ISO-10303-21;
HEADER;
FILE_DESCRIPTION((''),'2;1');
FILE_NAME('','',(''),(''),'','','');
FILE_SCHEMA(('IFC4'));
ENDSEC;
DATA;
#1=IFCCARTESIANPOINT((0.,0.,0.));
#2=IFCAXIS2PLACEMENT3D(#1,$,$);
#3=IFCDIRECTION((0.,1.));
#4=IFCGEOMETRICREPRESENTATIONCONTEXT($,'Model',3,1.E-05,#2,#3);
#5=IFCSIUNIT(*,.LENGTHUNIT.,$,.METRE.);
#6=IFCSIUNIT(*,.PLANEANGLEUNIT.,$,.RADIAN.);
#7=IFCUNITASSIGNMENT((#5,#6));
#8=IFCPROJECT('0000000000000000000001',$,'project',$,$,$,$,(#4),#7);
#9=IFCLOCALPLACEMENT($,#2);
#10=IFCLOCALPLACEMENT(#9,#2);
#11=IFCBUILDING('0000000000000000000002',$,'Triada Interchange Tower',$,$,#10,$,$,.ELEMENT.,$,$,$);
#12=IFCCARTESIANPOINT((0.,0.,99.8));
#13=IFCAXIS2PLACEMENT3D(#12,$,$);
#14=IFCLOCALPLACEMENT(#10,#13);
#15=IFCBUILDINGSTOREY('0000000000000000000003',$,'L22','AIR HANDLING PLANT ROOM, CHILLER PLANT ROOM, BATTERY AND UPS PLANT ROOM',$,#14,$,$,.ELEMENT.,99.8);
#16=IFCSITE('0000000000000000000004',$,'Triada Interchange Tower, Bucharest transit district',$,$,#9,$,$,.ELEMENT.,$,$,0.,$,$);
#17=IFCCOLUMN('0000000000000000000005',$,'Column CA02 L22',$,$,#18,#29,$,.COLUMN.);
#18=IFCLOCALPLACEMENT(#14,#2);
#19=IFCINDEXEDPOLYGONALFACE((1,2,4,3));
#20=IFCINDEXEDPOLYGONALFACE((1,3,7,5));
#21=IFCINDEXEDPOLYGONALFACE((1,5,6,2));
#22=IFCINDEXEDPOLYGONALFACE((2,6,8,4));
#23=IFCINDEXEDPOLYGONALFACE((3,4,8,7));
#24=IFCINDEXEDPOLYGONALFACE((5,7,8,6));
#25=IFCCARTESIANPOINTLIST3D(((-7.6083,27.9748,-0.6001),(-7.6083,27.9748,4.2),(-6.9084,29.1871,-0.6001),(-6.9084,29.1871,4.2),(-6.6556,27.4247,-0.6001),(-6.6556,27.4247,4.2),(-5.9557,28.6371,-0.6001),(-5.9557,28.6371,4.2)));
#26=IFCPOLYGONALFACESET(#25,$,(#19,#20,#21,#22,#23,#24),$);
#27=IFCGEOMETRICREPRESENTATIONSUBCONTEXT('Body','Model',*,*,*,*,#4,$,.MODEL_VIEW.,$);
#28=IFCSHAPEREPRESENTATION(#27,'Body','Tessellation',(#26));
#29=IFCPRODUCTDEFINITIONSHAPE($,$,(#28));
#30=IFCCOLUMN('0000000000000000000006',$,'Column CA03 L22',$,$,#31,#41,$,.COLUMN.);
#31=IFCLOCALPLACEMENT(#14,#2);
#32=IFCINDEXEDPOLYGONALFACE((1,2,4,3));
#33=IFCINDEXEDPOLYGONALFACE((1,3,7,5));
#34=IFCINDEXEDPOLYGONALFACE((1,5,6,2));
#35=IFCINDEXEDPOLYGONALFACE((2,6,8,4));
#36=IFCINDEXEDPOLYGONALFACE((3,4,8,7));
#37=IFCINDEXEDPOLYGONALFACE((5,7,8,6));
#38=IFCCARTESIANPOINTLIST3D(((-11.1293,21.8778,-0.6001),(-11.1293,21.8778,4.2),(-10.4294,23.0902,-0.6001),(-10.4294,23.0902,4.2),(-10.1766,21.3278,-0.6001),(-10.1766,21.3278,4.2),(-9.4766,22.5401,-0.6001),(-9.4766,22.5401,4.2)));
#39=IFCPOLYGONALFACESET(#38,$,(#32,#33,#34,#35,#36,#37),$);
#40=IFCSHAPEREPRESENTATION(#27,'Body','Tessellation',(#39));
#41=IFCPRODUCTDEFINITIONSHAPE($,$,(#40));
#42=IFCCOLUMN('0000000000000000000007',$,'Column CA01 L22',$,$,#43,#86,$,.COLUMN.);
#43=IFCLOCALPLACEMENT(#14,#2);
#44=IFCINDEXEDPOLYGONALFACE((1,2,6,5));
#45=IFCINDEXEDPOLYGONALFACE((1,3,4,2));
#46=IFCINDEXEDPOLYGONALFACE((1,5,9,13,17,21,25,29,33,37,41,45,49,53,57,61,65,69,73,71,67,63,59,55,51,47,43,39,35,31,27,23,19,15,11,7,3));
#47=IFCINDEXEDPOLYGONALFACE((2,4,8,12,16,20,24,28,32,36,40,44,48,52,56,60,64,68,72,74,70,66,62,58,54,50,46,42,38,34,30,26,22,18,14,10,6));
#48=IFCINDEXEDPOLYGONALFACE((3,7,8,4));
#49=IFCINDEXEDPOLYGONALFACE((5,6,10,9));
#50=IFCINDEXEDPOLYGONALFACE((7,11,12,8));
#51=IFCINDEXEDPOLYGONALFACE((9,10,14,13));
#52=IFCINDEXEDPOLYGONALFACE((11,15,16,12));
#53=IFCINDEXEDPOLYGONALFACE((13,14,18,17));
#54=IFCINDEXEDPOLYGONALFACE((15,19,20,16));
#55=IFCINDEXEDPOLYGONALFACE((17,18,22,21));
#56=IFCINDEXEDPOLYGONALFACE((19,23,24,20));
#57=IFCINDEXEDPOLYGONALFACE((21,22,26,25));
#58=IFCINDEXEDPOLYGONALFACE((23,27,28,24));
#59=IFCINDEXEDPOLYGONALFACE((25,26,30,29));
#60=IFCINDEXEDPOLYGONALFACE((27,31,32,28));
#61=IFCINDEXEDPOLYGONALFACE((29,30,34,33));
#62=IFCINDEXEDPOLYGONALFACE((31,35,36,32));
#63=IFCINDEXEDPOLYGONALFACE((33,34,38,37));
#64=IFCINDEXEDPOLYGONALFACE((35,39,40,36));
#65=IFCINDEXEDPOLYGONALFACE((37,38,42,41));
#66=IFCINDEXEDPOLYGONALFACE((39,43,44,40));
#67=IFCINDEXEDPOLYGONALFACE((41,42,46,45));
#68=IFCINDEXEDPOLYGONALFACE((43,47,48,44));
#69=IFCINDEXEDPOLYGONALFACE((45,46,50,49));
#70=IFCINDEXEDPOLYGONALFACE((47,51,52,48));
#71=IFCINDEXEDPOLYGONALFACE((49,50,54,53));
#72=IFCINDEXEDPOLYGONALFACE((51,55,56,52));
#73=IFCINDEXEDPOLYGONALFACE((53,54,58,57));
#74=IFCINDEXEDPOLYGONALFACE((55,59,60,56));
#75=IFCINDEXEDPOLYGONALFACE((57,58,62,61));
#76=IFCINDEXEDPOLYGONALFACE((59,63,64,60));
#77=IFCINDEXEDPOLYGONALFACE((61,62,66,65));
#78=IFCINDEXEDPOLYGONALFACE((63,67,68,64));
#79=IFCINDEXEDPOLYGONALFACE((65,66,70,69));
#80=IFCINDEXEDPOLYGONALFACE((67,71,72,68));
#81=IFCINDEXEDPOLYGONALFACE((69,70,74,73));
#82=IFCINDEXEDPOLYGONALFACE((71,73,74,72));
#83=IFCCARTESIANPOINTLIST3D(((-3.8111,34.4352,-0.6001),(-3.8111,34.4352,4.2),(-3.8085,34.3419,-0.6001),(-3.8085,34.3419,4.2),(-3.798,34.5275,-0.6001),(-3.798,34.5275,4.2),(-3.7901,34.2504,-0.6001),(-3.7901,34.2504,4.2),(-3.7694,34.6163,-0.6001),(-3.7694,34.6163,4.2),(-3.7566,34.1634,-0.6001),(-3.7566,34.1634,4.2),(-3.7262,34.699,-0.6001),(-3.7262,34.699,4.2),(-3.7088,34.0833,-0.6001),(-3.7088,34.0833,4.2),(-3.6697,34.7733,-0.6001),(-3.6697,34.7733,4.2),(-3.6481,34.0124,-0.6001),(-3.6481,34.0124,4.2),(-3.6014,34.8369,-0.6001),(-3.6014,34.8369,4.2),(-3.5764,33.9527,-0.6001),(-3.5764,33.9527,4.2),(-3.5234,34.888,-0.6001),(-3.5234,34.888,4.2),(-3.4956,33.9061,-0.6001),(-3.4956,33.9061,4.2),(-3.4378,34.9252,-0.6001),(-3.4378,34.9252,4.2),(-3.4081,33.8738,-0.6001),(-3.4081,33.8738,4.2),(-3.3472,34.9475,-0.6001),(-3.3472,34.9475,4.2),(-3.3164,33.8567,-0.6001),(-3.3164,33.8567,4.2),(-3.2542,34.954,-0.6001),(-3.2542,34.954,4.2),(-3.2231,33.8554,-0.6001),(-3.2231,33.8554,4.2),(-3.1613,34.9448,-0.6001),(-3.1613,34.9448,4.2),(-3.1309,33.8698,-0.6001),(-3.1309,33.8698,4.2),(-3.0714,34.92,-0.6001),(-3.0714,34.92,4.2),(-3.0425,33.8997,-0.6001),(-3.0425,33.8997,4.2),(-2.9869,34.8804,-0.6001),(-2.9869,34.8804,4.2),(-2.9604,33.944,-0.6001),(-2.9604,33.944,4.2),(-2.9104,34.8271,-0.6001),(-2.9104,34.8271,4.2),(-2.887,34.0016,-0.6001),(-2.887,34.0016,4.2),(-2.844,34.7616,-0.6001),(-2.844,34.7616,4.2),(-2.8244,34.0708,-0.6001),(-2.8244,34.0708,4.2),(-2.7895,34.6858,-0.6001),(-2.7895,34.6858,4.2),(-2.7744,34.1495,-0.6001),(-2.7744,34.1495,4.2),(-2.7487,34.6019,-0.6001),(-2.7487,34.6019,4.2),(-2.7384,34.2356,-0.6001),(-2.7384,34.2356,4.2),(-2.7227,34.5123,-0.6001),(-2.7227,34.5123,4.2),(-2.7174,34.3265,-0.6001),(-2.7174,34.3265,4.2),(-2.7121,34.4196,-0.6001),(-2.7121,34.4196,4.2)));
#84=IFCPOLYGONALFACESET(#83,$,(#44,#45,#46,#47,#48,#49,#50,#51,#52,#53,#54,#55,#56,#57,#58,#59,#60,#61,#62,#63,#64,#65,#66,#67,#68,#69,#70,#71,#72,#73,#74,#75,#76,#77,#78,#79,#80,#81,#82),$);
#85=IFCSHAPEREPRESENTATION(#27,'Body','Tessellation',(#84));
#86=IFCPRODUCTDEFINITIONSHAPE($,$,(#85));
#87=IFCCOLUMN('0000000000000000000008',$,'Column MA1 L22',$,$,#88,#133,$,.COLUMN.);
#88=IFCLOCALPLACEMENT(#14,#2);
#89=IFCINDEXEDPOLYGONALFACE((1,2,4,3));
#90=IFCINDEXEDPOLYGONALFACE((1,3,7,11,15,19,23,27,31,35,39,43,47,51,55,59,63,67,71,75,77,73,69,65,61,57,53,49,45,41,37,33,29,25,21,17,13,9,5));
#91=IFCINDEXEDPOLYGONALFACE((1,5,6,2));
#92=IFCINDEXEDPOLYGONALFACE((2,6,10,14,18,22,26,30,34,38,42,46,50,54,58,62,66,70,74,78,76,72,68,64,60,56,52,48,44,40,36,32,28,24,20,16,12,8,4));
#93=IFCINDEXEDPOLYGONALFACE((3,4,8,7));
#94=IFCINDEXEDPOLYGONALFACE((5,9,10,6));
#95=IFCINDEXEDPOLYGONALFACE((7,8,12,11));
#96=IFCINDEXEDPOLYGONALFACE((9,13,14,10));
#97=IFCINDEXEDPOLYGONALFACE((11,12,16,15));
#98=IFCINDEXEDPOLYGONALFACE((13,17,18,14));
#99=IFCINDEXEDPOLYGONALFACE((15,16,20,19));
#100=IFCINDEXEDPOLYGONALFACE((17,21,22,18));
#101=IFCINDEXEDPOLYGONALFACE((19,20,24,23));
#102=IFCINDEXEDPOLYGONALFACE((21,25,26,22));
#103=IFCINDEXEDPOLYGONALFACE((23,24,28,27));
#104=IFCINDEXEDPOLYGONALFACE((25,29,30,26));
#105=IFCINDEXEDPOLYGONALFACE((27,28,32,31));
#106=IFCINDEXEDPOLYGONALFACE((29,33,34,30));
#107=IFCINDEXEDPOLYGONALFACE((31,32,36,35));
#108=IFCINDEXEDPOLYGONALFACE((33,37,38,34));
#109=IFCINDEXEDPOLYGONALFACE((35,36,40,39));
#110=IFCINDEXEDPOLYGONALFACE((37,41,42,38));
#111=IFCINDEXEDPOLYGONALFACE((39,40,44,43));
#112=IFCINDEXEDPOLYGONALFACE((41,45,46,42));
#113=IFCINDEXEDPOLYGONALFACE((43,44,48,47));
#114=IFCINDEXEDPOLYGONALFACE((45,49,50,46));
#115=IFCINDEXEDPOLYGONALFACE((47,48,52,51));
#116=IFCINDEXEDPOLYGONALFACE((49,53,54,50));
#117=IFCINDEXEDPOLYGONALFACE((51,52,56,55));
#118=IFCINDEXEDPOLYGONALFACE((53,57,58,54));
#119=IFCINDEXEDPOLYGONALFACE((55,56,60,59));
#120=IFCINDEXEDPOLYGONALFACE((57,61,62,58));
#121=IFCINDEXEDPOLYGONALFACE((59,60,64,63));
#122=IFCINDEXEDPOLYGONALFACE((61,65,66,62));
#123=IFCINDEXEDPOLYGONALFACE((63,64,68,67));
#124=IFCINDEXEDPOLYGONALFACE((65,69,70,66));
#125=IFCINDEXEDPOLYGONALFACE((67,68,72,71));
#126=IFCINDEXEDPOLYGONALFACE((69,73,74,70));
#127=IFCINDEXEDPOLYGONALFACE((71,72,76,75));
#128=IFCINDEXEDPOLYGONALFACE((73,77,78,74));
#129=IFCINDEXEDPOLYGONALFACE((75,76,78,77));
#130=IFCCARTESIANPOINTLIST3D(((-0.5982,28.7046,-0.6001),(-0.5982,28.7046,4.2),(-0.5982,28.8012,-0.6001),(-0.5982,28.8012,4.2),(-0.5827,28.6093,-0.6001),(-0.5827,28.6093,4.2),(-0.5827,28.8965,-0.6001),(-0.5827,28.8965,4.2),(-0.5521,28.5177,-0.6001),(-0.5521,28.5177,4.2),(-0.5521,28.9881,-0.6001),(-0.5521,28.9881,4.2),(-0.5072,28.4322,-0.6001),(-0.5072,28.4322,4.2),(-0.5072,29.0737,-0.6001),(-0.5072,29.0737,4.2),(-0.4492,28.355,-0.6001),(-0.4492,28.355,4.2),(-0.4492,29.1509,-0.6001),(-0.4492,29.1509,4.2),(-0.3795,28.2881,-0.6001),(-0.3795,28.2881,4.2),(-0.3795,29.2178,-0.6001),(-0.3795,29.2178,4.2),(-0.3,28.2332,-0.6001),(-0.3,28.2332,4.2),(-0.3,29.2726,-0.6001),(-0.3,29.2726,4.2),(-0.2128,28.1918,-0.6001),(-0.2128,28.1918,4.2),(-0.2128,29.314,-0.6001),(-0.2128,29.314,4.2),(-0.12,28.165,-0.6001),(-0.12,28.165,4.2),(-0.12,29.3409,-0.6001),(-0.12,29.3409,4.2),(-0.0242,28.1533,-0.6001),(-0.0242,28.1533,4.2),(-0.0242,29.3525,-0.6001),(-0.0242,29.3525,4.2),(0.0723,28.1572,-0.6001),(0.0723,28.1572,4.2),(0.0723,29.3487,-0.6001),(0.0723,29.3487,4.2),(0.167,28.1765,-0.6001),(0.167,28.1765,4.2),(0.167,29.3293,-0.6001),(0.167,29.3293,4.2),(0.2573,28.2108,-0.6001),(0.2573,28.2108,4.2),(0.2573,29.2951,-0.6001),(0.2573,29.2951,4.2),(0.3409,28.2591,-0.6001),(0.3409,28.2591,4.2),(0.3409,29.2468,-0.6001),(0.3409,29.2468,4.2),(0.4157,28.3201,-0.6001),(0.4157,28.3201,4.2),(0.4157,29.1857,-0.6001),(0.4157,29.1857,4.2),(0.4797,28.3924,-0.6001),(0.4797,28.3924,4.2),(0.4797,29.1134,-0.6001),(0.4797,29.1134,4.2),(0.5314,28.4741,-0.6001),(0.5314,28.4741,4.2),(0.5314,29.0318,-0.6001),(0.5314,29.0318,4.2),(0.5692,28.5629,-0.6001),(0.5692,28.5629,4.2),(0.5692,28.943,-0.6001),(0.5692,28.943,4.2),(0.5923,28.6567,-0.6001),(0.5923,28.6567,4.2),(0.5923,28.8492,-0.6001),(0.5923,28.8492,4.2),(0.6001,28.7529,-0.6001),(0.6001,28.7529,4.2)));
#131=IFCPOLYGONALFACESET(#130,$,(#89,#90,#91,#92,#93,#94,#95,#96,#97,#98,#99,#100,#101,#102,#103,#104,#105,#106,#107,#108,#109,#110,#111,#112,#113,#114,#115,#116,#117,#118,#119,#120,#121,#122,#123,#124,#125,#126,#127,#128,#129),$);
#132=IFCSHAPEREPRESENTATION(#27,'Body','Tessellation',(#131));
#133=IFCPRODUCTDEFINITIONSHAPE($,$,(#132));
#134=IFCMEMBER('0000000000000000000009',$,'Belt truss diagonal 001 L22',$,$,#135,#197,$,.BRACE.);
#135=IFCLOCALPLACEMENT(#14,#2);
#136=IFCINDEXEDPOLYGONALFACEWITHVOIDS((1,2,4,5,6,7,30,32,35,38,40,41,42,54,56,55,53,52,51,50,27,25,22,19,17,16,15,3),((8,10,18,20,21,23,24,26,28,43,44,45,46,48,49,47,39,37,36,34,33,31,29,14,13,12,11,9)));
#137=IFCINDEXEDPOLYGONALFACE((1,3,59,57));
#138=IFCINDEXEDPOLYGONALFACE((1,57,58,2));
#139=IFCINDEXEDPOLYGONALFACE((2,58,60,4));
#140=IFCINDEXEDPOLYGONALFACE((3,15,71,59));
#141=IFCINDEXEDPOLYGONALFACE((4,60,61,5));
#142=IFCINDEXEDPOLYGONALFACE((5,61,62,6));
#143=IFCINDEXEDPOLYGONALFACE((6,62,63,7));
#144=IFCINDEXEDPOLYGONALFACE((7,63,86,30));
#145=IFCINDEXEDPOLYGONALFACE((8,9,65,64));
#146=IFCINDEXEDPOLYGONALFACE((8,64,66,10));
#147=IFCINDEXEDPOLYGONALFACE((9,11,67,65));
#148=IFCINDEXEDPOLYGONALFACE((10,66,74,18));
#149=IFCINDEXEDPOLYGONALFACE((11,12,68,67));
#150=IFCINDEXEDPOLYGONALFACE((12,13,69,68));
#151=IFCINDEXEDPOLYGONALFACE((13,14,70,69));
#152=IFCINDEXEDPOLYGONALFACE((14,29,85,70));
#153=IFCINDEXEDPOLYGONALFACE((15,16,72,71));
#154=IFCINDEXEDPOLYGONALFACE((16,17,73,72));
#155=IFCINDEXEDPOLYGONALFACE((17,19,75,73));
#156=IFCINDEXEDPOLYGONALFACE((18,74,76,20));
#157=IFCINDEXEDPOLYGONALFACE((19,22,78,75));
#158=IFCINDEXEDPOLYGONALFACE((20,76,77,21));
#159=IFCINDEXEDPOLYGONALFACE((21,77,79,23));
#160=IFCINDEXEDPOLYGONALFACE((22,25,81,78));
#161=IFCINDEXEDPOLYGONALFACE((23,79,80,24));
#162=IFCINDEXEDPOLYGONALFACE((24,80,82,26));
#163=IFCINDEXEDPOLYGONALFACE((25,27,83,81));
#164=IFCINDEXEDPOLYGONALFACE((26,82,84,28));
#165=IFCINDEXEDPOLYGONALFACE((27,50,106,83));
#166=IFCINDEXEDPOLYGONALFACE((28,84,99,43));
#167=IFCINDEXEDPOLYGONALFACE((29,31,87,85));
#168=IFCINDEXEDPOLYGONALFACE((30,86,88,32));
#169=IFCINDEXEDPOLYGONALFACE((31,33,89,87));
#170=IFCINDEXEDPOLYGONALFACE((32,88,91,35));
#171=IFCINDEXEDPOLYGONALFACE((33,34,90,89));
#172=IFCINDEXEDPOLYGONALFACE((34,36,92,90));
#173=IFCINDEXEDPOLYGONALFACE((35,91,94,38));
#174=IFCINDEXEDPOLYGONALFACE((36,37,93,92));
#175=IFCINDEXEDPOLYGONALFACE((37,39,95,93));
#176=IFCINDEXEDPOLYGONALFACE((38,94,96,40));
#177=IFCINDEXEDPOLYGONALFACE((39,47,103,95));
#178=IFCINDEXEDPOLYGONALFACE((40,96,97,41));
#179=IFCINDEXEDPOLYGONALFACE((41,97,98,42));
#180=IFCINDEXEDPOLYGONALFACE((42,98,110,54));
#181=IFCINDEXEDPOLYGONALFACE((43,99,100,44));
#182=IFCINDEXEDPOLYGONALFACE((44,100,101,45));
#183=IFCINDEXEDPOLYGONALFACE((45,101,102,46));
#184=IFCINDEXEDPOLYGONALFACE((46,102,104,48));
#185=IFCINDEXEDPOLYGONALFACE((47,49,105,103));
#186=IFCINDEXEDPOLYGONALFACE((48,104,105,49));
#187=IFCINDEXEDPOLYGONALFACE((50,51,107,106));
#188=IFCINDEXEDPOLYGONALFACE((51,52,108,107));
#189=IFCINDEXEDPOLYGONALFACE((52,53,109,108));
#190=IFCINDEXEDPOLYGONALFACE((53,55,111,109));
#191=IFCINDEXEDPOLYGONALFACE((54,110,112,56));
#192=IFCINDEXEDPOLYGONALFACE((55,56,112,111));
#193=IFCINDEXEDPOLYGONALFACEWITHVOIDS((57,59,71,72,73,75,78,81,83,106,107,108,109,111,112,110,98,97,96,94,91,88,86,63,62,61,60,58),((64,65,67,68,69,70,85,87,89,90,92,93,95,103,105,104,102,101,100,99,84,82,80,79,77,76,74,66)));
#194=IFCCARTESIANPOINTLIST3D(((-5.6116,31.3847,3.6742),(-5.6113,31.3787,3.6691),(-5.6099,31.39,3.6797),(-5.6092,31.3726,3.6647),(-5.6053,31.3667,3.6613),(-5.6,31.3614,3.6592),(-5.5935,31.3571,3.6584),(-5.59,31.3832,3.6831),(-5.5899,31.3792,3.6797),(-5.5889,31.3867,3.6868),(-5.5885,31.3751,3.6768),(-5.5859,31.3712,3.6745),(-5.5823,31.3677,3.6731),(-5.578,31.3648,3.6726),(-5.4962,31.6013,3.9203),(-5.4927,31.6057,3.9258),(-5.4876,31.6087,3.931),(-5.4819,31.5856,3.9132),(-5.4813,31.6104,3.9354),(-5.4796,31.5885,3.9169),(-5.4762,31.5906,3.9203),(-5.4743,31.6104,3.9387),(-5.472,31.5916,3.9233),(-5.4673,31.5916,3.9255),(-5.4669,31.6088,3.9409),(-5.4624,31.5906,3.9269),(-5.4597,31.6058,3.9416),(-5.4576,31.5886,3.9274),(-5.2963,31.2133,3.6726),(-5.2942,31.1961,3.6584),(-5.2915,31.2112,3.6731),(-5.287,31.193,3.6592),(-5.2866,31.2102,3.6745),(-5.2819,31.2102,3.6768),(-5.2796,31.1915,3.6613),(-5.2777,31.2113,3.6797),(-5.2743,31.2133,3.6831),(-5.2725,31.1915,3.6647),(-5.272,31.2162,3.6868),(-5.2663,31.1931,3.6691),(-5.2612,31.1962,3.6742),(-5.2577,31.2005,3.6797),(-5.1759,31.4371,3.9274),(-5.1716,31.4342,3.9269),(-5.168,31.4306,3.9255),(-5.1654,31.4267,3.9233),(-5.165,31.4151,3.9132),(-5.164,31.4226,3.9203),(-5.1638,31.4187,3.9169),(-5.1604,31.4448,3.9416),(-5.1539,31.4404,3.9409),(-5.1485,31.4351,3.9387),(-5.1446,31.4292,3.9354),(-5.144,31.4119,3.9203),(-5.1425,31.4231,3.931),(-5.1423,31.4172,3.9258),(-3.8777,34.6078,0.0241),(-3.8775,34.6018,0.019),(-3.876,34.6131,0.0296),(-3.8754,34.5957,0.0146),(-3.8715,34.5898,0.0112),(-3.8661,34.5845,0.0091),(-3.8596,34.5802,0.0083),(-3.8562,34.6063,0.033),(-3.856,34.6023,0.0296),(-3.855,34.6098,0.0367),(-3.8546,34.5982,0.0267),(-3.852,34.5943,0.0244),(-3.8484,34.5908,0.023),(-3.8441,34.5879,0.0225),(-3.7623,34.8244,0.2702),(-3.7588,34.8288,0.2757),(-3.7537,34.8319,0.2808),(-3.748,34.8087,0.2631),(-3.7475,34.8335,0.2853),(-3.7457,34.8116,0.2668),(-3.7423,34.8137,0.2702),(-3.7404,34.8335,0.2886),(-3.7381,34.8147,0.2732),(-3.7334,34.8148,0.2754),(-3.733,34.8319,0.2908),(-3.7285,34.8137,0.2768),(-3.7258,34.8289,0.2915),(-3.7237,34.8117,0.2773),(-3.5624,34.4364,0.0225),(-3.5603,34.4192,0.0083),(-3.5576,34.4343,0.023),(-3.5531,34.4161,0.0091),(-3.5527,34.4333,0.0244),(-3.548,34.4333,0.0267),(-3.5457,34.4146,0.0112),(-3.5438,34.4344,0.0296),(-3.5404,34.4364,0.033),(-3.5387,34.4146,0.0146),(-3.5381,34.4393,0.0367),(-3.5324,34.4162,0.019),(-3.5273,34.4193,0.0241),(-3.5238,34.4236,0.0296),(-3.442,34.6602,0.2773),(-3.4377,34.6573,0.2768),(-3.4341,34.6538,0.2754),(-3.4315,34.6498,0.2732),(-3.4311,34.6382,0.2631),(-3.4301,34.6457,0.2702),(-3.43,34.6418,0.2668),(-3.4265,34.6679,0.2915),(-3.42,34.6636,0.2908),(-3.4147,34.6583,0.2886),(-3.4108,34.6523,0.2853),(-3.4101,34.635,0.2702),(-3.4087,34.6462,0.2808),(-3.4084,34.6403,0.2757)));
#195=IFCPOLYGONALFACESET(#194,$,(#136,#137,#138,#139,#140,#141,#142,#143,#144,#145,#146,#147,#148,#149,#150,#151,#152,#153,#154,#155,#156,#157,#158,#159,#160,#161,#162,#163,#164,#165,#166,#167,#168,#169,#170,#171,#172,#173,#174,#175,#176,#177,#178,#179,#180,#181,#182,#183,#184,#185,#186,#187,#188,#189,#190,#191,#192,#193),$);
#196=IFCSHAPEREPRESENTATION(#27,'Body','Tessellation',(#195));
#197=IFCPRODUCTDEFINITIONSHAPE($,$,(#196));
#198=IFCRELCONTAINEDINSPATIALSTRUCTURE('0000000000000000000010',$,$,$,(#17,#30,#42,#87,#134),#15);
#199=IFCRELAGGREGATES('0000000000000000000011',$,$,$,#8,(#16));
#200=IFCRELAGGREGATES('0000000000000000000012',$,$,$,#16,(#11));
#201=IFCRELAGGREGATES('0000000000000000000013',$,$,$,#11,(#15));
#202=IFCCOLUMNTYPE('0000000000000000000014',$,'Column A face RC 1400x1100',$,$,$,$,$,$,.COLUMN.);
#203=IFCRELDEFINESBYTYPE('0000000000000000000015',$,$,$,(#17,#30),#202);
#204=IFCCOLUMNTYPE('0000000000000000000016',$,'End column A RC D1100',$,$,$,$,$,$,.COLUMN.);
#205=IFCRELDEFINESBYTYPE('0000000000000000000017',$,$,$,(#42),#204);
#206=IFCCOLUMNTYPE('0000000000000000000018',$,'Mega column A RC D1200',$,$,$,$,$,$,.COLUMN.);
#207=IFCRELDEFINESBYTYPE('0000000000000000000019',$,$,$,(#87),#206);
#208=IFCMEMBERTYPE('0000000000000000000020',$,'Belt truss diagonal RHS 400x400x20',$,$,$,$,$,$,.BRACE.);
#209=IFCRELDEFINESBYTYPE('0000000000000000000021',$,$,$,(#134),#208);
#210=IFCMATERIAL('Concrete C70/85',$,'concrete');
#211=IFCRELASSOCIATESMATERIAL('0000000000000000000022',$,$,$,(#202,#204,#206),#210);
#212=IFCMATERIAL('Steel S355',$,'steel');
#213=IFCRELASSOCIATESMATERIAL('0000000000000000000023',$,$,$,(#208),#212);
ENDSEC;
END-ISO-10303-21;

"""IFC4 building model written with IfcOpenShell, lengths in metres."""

from ifc_helpers import new_model, si_unit, direction, frame, origin, origin_2d, place, context, subcontext, project, spatial, rectangle, hollow_rectangle, circle, extrude, material, material_profile, profile_set, type_object, element, save


model = new_model("IFC4")

# Units and contexts
model_context = context("Model", 3, precision=1e-05, world=origin(), true_north=direction((0.0, 1.0)))
body_context = subcontext(model_context, "Body", "Model", "MODEL_VIEW")
ifc_project = project(units=[si_unit("LENGTHUNIT", "METRE"), si_unit("PLANEANGLEUNIT", "RADIAN")], contexts=[model_context])

# Site, building, storey
site_placement = place(None, origin())
site = spatial("IfcSite", under=ifc_project, at=site_placement, Name="Triada Interchange Tower, Bucharest transit district", CompositionType="ELEMENT", RefElevation=0.0)
building_placement = place(site_placement, origin())
building = spatial("IfcBuilding", under=site, at=building_placement, Name="Triada Interchange Tower", CompositionType="ELEMENT")
storey_placement = place(building_placement, frame((0.0, 0.0, 99.8)))
storey = spatial("IfcBuildingStorey", under=building, at=storey_placement, Name="L22", Description="AIR HANDLING PLANT ROOM, CHILLER PLANT ROOM, BATTERY AND UPS PLANT ROOM", CompositionType="ELEMENT", Elevation=99.8)

# Columns
ifc_material_1 = material(Name="Concrete C70/85", Category="concrete")
ifc_material_profile_1 = material_profile(ifc_material_1, rectangle(XDim=1.3999, YDim=1.1001, at=origin_2d()), Name="RC 1400x1100")
ifc_profile_set_1 = profile_set([ifc_material_profile_1], Name="Concrete C70/85")
column_type_1 = type_object("IfcColumnType", Name="Column A face RC 1400x1100", PredefinedType="COLUMN", material=ifc_profile_set_1)
for number, where, z_axis, x_axis, name in (
    (1, (-6.782, 28.3059, -0.6001), (0.0, 0.0, 1.0), (0.5, 0.866025, 0.0), "Column CA02 L22"),
    (2, (-10.303, 22.209, -0.6001), (0.0, 0.0, 1.0), (0.5, 0.866025, 0.0), "Column CA03 L22"),
):
    element("IfcColumn", number, at=place(storey_placement, frame(where, z_axis=z_axis, x_axis=x_axis)), inside=storey, type_object=column_type_1, Name=name, PredefinedType="COLUMN", context=body_context, shape_type="SweptSolid", body=[
        extrude(rectangle(XDim=1.3999, YDim=1.1001, at=origin_2d()), origin(), (0.0, 0.0, 1.0), 4.8),
    ])
ifc_material_profile_2 = material_profile(ifc_material_1, circle(Radius=0.55, at=origin_2d()), Name="RC D1100")
ifc_profile_set_2 = profile_set([ifc_material_profile_2], Name="Concrete C70/85")
column_type_2 = type_object("IfcColumnType", Name="End column A RC D1100", PredefinedType="COLUMN", material=ifc_profile_set_2)
column_1_placement = place(storey_placement, frame((-3.262, 34.4041, -0.6001), z_axis=(0.0, 0.0, 1.0), x_axis=(0.5, 0.866025, 0.0)))
element("IfcColumn", 3, at=column_1_placement, inside=storey, type_object=column_type_2, Name="Column CA01 L22", PredefinedType="COLUMN", context=body_context, shape_type="SweptSolid", body=[
    extrude(circle(Radius=0.55, at=origin_2d()), origin(), (0.0, 0.0, 1.0), 4.8),
])
ifc_material_profile_3 = material_profile(ifc_material_1, circle(Radius=0.6001, at=origin_2d()), Name="RC D1200")
ifc_profile_set_3 = profile_set([ifc_material_profile_3], Name="Concrete C70/85")
column_type_3 = type_object("IfcColumnType", Name="Mega column A RC D1200", PredefinedType="COLUMN", material=ifc_profile_set_3)
column_2_placement = place(storey_placement, frame((0.0, 28.7529, -0.6001), z_axis=(0.0, 0.0, 1.0), x_axis=(1.0, 0.0, 0.0)))
element("IfcColumn", 4, at=column_2_placement, inside=storey, type_object=column_type_3, Name="Column MA1 L22", PredefinedType="COLUMN", context=body_context, shape_type="SweptSolid", body=[
    extrude(circle(Radius=0.6001, at=origin_2d()), origin(), (0.0, 0.0, 1.0), 4.8),
])

# Member
ifc_material_2 = material(Name="Steel S355", Category="steel")
ifc_material_profile_4 = material_profile(ifc_material_2, hollow_rectangle(XDim=0.3999, YDim=0.3999, WallThickness=0.02, InnerFilletRadius=0.02, OuterFilletRadius=0.03, at=origin_2d()), Name="RHS 400x400x20")
ifc_profile_set_4 = profile_set([ifc_material_profile_4], Name="Steel S355")
member_type = type_object("IfcMemberType", Name="Belt truss diagonal RHS 400x400x20", PredefinedType="BRACE", material=ifc_profile_set_4)
member_1_placement = place(storey_placement, frame((-3.6431, 34.624, 0.1499), z_axis=(-0.335439, -0.623552, 0.706161), x_axis=(0.88066, -0.47375, 0.0)))
element("IfcMember", 5, at=member_1_placement, inside=storey, type_object=member_type, Name="Belt truss diagonal 001 L22", PredefinedType="BRACE", context=body_context, shape_type="SweptSolid", body=[
    extrude(hollow_rectangle(XDim=0.3999, YDim=0.3999, WallThickness=0.02, InnerFilletRadius=0.02, OuterFilletRadius=0.03, at=origin_2d()), origin(), (0.0, 0.0, 1.0), 5.1689),
])

save(model, "model.ifc")
